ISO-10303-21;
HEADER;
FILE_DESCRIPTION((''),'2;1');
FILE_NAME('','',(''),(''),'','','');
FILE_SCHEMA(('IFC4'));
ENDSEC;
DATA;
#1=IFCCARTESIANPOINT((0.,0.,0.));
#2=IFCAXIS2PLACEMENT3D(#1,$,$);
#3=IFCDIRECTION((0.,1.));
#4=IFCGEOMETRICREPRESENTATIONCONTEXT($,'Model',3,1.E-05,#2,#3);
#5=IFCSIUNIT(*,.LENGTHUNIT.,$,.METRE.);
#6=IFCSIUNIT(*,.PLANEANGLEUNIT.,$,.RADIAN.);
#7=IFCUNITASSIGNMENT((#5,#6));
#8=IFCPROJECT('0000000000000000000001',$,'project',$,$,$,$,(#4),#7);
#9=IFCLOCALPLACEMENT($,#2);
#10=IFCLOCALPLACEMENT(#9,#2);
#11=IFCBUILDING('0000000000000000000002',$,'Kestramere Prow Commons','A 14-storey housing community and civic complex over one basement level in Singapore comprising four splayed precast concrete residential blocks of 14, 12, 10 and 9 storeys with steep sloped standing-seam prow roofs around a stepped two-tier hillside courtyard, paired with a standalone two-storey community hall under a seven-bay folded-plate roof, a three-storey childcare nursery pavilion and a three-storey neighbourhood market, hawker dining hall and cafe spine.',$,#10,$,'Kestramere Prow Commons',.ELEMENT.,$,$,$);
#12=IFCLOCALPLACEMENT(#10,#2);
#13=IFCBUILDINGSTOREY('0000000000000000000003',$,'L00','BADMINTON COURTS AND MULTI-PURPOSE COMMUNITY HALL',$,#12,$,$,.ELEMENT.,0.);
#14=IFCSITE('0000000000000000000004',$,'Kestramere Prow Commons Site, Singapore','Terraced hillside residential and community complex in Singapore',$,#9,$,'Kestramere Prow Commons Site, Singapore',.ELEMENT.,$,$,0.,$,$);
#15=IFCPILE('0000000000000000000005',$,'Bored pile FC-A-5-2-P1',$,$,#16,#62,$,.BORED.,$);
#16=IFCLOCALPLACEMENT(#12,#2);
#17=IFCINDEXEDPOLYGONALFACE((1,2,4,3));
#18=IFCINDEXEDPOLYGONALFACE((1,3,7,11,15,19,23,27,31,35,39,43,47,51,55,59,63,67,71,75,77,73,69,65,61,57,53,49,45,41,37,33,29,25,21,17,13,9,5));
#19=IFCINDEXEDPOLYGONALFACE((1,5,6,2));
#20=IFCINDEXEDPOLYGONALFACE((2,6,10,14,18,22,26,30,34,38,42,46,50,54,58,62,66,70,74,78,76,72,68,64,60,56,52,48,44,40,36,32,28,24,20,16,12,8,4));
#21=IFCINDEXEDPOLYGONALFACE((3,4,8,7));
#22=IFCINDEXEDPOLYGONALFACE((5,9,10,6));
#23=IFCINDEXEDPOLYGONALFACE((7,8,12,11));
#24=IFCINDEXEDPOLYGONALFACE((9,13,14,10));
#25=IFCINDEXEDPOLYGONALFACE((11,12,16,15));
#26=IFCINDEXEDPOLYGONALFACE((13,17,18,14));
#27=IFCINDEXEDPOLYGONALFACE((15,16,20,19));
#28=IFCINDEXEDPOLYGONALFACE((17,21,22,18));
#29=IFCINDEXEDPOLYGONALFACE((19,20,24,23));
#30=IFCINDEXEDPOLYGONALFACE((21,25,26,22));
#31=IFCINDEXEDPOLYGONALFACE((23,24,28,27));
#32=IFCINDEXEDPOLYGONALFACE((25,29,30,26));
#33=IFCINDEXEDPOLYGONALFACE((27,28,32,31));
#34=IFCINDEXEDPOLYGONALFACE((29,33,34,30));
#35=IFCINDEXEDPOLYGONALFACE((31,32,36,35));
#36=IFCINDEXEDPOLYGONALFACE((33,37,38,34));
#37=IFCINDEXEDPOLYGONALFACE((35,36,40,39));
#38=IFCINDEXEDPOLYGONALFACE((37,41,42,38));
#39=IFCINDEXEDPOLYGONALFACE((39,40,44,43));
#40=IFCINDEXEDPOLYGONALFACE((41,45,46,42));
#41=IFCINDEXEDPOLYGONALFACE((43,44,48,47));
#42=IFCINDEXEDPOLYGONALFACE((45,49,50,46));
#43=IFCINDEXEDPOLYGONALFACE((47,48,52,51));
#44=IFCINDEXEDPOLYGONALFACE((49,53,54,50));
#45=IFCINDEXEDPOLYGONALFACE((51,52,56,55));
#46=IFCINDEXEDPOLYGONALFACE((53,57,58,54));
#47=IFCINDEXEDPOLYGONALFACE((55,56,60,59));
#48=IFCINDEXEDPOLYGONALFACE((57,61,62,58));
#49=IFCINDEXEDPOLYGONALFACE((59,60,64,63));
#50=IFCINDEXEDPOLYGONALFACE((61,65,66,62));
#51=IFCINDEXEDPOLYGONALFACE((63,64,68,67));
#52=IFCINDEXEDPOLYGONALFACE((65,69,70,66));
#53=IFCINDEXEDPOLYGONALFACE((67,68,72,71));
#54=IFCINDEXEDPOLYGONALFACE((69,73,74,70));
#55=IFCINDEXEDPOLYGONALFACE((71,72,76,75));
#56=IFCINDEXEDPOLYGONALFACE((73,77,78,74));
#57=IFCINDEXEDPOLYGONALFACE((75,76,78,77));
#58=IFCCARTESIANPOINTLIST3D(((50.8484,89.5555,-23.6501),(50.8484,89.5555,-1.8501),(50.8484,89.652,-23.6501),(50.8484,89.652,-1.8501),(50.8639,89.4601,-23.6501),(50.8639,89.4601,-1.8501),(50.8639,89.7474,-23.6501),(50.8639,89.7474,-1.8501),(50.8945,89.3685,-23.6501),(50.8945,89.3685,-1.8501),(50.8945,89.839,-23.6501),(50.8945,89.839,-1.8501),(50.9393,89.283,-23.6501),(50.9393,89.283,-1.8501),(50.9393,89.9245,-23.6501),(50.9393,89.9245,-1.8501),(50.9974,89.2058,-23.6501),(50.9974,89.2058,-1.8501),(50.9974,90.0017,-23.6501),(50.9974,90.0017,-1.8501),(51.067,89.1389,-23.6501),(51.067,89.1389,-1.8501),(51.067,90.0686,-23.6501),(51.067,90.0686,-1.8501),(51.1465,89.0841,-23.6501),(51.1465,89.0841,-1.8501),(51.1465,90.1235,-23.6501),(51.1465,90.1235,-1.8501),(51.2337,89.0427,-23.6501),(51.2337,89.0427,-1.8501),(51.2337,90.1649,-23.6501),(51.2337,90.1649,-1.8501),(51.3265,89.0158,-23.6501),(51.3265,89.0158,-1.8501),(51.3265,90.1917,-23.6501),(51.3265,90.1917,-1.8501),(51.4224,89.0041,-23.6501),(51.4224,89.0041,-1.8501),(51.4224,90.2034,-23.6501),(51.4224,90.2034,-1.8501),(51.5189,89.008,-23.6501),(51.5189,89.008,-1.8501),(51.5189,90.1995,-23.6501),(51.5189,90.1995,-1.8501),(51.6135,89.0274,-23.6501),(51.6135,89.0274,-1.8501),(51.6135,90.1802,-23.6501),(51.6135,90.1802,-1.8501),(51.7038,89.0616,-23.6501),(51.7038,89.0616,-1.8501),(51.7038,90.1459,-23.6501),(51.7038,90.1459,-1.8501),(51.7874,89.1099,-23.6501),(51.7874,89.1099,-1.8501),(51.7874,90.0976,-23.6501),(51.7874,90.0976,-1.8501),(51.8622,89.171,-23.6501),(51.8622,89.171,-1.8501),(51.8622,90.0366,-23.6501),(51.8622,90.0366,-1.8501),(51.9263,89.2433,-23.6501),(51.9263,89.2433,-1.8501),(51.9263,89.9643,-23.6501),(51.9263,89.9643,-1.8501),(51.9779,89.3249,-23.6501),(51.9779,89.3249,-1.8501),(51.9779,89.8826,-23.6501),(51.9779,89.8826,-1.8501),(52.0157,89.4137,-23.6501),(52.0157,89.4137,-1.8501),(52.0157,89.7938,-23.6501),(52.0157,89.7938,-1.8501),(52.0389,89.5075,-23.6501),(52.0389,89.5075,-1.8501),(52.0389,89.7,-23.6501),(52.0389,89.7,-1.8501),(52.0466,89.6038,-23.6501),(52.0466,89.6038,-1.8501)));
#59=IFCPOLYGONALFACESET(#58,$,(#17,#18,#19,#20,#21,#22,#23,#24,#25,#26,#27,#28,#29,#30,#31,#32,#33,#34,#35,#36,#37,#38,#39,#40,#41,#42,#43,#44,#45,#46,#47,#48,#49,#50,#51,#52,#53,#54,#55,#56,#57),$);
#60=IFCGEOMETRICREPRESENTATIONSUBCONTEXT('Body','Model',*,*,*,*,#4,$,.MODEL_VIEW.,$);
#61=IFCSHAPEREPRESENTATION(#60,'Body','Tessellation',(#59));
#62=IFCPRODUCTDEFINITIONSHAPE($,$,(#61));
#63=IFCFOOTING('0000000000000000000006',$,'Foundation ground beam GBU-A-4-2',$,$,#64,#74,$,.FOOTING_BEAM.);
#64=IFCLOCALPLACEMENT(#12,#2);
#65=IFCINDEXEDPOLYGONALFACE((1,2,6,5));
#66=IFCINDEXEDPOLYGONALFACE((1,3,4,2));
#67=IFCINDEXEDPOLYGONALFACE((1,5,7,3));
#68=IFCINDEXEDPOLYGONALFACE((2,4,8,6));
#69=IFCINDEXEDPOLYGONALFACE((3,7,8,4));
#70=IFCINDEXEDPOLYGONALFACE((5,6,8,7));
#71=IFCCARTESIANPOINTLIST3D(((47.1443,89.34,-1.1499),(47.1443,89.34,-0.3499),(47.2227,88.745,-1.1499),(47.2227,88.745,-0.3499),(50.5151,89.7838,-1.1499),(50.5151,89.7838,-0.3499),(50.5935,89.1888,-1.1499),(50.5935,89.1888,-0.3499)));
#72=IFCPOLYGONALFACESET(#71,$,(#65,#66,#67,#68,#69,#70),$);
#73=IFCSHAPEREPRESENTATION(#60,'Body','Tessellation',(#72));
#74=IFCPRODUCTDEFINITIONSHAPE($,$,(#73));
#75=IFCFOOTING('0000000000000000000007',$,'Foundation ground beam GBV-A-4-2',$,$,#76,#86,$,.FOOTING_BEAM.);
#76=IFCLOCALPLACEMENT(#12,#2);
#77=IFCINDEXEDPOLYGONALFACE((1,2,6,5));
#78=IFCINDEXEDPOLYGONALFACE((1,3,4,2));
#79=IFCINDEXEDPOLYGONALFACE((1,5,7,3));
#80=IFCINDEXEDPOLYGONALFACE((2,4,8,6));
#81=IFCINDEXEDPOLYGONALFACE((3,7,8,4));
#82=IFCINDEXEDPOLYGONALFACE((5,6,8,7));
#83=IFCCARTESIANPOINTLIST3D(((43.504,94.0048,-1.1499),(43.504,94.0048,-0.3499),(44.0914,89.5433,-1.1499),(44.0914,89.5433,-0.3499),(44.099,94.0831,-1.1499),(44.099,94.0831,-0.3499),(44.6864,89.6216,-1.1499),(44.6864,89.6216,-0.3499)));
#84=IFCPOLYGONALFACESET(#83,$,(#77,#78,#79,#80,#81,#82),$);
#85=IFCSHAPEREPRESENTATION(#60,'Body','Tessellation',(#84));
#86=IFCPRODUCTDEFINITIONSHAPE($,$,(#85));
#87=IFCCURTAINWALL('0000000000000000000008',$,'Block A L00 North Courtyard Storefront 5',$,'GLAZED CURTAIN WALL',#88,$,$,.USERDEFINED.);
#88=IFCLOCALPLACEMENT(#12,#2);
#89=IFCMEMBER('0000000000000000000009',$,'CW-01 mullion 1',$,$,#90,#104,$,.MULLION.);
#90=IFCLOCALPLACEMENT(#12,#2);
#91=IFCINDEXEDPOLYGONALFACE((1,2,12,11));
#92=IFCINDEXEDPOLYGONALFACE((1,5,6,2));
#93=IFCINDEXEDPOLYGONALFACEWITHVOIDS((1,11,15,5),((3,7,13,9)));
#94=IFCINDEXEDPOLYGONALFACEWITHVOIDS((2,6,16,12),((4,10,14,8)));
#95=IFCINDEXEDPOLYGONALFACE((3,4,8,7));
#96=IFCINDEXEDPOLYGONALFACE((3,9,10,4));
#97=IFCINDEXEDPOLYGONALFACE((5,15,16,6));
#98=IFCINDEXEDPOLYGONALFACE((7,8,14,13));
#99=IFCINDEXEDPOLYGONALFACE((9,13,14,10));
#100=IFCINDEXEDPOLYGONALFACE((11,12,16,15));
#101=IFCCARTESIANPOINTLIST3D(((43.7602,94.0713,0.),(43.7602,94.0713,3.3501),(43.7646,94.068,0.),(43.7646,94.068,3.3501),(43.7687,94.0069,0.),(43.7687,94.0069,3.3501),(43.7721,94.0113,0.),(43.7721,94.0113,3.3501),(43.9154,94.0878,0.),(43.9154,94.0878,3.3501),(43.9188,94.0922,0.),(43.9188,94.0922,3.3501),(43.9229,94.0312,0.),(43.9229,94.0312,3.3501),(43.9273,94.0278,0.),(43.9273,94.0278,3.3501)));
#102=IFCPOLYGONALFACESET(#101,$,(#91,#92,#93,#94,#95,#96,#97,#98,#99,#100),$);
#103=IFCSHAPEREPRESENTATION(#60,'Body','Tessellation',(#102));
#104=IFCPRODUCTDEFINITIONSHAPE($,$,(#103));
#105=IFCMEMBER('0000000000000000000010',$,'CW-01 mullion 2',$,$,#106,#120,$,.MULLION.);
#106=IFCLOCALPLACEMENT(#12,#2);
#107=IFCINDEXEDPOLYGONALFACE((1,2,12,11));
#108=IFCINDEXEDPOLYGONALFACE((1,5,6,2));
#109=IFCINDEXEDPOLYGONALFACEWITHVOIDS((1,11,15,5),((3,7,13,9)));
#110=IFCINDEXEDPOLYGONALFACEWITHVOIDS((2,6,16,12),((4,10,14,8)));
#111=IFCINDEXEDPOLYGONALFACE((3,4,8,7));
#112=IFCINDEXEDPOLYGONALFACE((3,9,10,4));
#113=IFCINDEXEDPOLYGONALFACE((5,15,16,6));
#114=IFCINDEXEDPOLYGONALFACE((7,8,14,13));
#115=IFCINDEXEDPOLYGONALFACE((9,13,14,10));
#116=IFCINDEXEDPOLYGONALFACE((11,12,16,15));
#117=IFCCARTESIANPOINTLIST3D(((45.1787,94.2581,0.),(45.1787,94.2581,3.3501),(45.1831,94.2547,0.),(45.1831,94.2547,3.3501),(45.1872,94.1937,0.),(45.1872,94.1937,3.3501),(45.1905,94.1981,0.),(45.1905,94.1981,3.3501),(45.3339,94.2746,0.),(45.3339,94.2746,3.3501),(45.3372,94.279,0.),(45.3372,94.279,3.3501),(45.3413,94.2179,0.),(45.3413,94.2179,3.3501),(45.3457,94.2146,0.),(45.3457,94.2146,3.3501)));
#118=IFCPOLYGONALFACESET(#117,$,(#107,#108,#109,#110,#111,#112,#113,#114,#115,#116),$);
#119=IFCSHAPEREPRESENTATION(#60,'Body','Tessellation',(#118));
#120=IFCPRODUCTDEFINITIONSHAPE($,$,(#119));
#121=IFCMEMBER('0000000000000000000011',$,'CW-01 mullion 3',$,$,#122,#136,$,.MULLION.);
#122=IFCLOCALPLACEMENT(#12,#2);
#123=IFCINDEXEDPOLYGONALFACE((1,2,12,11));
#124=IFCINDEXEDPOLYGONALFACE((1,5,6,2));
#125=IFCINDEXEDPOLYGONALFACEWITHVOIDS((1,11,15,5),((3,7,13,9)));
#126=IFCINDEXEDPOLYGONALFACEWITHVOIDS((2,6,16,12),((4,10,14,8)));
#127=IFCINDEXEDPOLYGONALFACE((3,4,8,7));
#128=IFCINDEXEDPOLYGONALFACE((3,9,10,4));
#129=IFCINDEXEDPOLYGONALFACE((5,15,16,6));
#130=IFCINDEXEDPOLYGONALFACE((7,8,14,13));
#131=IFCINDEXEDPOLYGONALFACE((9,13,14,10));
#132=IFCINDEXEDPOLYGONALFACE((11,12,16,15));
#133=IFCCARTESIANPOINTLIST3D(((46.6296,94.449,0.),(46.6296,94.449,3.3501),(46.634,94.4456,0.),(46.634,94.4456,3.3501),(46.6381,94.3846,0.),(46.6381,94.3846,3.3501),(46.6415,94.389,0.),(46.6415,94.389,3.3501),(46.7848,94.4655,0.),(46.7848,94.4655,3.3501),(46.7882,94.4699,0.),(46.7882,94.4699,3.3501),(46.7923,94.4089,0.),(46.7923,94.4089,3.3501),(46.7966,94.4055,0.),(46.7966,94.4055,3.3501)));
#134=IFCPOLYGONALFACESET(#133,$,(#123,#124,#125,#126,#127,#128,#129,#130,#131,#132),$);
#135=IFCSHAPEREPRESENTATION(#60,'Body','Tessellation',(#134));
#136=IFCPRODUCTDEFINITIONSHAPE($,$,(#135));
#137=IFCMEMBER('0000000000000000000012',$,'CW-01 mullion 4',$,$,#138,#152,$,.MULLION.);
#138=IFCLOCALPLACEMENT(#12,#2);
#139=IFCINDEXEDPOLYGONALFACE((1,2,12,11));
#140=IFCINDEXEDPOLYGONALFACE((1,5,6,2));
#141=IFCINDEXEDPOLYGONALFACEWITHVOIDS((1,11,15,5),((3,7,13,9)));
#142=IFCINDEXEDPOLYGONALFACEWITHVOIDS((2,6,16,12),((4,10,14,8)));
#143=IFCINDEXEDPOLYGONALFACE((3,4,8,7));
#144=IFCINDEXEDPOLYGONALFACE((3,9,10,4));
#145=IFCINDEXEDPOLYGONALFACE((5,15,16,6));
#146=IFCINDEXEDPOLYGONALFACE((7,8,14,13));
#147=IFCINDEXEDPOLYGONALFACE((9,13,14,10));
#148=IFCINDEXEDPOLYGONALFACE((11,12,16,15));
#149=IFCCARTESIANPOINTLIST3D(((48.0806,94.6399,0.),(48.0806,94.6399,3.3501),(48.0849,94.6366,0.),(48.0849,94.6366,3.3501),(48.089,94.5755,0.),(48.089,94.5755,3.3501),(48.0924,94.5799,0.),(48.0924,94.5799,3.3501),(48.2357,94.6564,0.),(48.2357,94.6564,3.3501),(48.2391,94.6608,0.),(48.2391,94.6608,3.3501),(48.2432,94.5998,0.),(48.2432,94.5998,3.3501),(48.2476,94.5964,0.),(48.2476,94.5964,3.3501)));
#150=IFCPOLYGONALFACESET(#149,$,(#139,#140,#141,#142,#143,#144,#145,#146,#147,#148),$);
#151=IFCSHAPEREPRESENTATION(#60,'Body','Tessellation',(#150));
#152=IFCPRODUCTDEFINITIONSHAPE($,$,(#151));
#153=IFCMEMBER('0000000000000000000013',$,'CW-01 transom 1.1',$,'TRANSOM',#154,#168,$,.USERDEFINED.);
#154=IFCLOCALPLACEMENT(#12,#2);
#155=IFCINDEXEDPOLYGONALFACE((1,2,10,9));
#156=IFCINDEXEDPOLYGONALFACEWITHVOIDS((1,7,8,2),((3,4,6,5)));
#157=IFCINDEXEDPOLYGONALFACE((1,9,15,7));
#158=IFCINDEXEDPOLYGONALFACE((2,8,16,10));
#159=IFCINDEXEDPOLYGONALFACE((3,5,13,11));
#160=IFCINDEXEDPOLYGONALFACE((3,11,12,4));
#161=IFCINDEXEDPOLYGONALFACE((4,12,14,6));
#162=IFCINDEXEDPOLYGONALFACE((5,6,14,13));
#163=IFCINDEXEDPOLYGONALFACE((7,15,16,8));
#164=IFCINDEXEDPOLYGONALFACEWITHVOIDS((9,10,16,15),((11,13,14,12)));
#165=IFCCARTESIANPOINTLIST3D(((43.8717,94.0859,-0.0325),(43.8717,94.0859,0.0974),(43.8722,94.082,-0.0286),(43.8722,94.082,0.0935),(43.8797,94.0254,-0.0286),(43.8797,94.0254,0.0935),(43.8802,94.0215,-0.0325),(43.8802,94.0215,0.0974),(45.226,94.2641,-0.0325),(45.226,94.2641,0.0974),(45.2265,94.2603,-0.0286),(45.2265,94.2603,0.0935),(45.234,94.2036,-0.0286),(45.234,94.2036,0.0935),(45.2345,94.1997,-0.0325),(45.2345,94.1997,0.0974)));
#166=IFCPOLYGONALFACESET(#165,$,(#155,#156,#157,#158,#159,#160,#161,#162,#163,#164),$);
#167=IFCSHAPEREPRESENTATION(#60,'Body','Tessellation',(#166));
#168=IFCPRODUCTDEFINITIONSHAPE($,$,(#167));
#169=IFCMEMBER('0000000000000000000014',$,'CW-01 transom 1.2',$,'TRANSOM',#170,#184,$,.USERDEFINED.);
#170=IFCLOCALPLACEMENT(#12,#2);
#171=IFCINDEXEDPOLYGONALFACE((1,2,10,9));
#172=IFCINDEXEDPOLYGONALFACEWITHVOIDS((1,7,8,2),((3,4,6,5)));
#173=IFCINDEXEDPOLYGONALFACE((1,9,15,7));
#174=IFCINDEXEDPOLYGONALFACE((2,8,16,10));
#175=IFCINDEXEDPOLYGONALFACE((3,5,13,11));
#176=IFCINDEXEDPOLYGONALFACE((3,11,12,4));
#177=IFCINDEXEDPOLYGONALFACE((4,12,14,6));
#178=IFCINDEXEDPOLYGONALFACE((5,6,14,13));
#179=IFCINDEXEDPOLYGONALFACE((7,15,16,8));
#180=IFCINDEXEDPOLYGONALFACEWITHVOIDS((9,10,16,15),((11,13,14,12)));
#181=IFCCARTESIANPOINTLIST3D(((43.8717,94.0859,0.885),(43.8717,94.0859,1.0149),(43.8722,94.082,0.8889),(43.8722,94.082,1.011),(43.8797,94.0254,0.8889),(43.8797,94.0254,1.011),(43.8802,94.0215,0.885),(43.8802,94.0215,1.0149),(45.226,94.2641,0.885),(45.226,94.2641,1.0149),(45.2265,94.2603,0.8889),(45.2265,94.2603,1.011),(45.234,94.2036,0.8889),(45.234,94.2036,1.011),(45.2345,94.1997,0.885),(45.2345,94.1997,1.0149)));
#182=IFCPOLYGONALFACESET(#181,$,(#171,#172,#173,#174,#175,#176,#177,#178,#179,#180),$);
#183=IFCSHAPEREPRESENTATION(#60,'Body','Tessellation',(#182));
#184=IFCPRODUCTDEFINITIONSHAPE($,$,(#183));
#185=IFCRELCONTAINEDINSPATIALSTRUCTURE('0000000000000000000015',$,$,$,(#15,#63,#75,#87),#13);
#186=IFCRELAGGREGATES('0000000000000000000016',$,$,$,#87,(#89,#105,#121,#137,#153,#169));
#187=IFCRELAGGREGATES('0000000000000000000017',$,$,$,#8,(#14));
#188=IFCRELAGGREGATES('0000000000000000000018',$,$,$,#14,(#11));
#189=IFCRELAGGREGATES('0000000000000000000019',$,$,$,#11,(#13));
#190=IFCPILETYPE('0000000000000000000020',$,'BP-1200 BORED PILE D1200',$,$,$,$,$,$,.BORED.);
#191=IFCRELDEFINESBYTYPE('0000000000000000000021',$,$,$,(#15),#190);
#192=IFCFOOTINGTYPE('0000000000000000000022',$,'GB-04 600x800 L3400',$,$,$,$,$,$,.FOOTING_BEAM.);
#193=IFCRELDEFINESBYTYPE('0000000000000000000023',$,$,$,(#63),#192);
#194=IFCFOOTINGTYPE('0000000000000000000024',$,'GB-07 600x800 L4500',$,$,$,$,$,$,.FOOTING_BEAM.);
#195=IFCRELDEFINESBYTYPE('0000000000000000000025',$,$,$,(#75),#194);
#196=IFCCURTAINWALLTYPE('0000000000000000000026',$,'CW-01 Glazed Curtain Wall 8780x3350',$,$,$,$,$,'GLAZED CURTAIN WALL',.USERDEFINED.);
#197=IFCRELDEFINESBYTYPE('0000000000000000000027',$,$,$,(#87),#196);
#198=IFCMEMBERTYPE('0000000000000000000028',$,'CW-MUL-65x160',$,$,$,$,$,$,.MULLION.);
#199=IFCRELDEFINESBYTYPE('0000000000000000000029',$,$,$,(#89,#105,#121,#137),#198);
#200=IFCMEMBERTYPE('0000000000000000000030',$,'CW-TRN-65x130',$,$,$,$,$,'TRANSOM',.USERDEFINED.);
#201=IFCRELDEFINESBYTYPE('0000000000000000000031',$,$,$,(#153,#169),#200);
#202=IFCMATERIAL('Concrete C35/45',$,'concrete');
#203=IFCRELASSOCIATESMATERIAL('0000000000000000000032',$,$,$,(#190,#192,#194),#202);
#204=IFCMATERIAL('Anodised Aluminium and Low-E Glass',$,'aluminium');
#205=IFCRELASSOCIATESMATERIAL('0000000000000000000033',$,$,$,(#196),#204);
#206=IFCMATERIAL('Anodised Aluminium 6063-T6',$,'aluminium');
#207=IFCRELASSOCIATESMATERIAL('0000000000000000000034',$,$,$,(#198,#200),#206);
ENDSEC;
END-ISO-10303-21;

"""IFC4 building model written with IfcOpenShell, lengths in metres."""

from ifc_helpers import new_model, si_unit, direction, frame, origin, origin_2d, place, context, subcontext, project, spatial, rectangle, hollow_rectangle, circle, extrude, material, material_profile, profile_set, type_object, element, aggregate, save


model = new_model("IFC4")

# Units and contexts
model_context = context("Model", 3, precision=1e-05, world=origin(), true_north=direction((0.0, 1.0)))
body_context = subcontext(model_context, "Body", "Model", "MODEL_VIEW")
ifc_project = project(units=[si_unit("LENGTHUNIT", "METRE"), si_unit("PLANEANGLEUNIT", "RADIAN")], contexts=[model_context])

# Site, building, storey
site_placement = place(None, origin())
site = spatial("IfcSite", under=ifc_project, at=site_placement, Name="Kestramere Prow Commons Site, Singapore", Description="Terraced hillside residential and community complex in Singapore", LongName="Kestramere Prow Commons Site, Singapore", CompositionType="ELEMENT", RefElevation=0.0)
building_placement = place(site_placement, origin())
building = spatial("IfcBuilding", under=site, at=building_placement, Name="Kestramere Prow Commons", Description="A 14-storey housing community and civic complex over one basement level in Singapore comprising four splayed precast concrete residential blocks of 14, 12, 10 and 9 storeys with steep sloped standing-seam prow roofs around a stepped two-tier hillside courtyard, paired with a standalone two-storey community hall under a seven-bay folded-plate roof, a three-storey childcare nursery pavilion and a three-storey neighbourhood market, hawker dining hall and cafe spine.", LongName="Kestramere Prow Commons", CompositionType="ELEMENT")
storey_placement = place(building_placement, origin())
storey = spatial("IfcBuildingStorey", under=building, at=storey_placement, Name="L00", Description="BADMINTON COURTS AND MULTI-PURPOSE COMMUNITY HALL", CompositionType="ELEMENT", Elevation=0.0)

# Pile
ifc_material_1 = material(Name="Concrete C35/45", Category="concrete")
ifc_material_profile_1 = material_profile(ifc_material_1, circle(Radius=0.6001, at=origin_2d()), Name="BORED PILE D1200")
ifc_profile_set_1 = profile_set([ifc_material_profile_1], Name="Concrete C35/45")
pile_type = type_object("IfcPileType", Name="BP-1200 BORED PILE D1200", PredefinedType="BORED", material=ifc_profile_set_1)
pile_placement = place(storey_placement, frame((51.4465, 89.6038, -1.8501), z_axis=(0.0, 0.0, -1.0), x_axis=(1.0, 0.0, 0.0)))
element("IfcPile", 1, at=pile_placement, inside=storey, type_object=pile_type, Name="Bored pile FC-A-5-2-P1", PredefinedType="BORED", context=body_context, shape_type="SweptSolid", body=[
    extrude(circle(Radius=0.6001, at=origin_2d()), origin(), (0.0, 0.0, 1.0), 21.8),
])

# Footings
footing_type_1 = type_object("IfcFootingType", Name="GB-04 600x800 L3400", PredefinedType="FOOTING_BEAM", material=ifc_material_1)
footing_1_placement = place(storey_placement, frame((48.8689, 89.2644, -1.1499), z_axis=(0.0, 0.0, 1.0), x_axis=(0.991445, 0.130526, 0.0)))
element("IfcFooting", 2, at=footing_1_placement, inside=storey, type_object=footing_type_1, Name="Foundation ground beam GBU-A-4-2", PredefinedType="FOOTING_BEAM", context=body_context, shape_type="SweptSolid", body=[
    extrude(rectangle(XDim=3.3999, YDim=0.6001, at=origin_2d()), origin(), (0.0, 0.0, 1.0), 0.8),
])
footing_type_2 = type_object("IfcFootingType", Name="GB-07 600x800 L4500", PredefinedType="FOOTING_BEAM", material=ifc_material_1)
footing_2_placement = place(storey_placement, frame((44.0952, 91.8132, -1.1499), z_axis=(0.0, 0.0, 1.0), x_axis=(-0.130526, 0.991445, 0.0)))
element("IfcFooting", 3, at=footing_2_placement, inside=storey, type_object=footing_type_2, Name="Foundation ground beam GBV-A-4-2", PredefinedType="FOOTING_BEAM", context=body_context, shape_type="SweptSolid", body=[
    extrude(rectangle(XDim=4.5, YDim=0.6001, at=origin_2d()), origin(), (0.0, 0.0, 1.0), 0.8),
])

# Curtain wall, members
ifc_material_2 = material(Name="Anodised Aluminium and Low-E Glass", Category="aluminium")
curtain_wall_type = type_object("IfcCurtainWallType", Name="CW-01 Glazed Curtain Wall 8780x3350", ElementType="GLAZED CURTAIN WALL", PredefinedType="USERDEFINED", material=ifc_material_2)
curtain_wall_placement = place(storey_placement, origin())
curtain_wall = element("IfcCurtainWall", 4, at=curtain_wall_placement, inside=storey, type_object=curtain_wall_type, Name="Block A L00 North Courtyard Storefront 5", ObjectType="GLAZED CURTAIN WALL", PredefinedType="USERDEFINED")
ifc_material_3 = material(Name="Anodised Aluminium 6063-T6", Category="aluminium")
ifc_material_profile_2 = material_profile(ifc_material_3, hollow_rectangle(XDim=0.0649, YDim=0.1599, WallThickness=0.0039, at=origin_2d()), Name="ALU-MUL 65x160")
ifc_profile_set_2 = profile_set([ifc_material_profile_2], Name="Anodised Aluminium 6063-T6")
member_type_1 = type_object("IfcMemberType", Name="CW-MUL-65x160", PredefinedType="MULLION", material=ifc_profile_set_2)
member_1_placement = place(storey_placement, frame((43.8438, 94.0496, 0.0), z_axis=(0.0, 0.0, 1.0), x_axis=(-0.130526, 0.991445, 0.0)))
member_1 = element("IfcMember", 5, at=member_1_placement, type_object=member_type_1, Name="CW-01 mullion 1", PredefinedType="MULLION", context=body_context, shape_type="SweptSolid", body=[
    extrude(hollow_rectangle(XDim=0.0649, YDim=0.1599, WallThickness=0.0039, at=origin_2d()), origin(), (0.0, 0.0, 1.0), 3.3501),
])
member_2_placement = place(storey_placement, frame((45.2622, 94.2363, 0.0), z_axis=(0.0, 0.0, 1.0), x_axis=(-0.130526, 0.991445, 0.0)))
member_2 = element("IfcMember", 6, at=member_2_placement, type_object=member_type_1, Name="CW-01 mullion 2", PredefinedType="MULLION", context=body_context, shape_type="SweptSolid", body=[
    extrude(hollow_rectangle(XDim=0.0649, YDim=0.1599, WallThickness=0.0039, at=origin_2d()), origin(), (0.0, 0.0, 1.0), 3.3501),
])
member_3_placement = place(storey_placement, frame((46.7131, 94.4272, 0.0), z_axis=(0.0, 0.0, 1.0), x_axis=(-0.130526, 0.991445, 0.0)))
member_3 = element("IfcMember", 7, at=member_3_placement, type_object=member_type_1, Name="CW-01 mullion 3", PredefinedType="MULLION", context=body_context, shape_type="SweptSolid", body=[
    extrude(hollow_rectangle(XDim=0.0649, YDim=0.1599, WallThickness=0.0039, at=origin_2d()), origin(), (0.0, 0.0, 1.0), 3.3501),
])
member_4_placement = place(storey_placement, frame((48.1641, 94.6182, 0.0), z_axis=(0.0, 0.0, 1.0), x_axis=(-0.130526, 0.991445, 0.0)))
member_4 = element("IfcMember", 8, at=member_4_placement, type_object=member_type_1, Name="CW-01 mullion 4", PredefinedType="MULLION", context=body_context, shape_type="SweptSolid", body=[
    extrude(hollow_rectangle(XDim=0.0649, YDim=0.1599, WallThickness=0.0039, at=origin_2d()), origin(), (0.0, 0.0, 1.0), 3.3501),
])
ifc_material_profile_3 = material_profile(ifc_material_3, hollow_rectangle(XDim=0.0649, YDim=0.1299, WallThickness=0.0039, at=origin_2d()), Name="ALU-TRN 65x130")
ifc_profile_set_3 = profile_set([ifc_material_profile_3], Name="Anodised Aluminium 6063-T6")
member_type_2 = type_object("IfcMemberType", Name="CW-TRN-65x130", ElementType="TRANSOM", PredefinedType="USERDEFINED", material=ifc_profile_set_3)
member_5_placement = place(storey_placement, frame((43.876, 94.0537, 0.0325), z_axis=(0.991451, 0.130478, 0.0), x_axis=(-0.130478, 0.991451, 0.0)))
member_5 = element("IfcMember", 9, at=member_5_placement, type_object=member_type_2, Name="CW-01 transom 1.1", ObjectType="TRANSOM", PredefinedType="USERDEFINED", context=body_context, shape_type="SweptSolid", body=[
    extrude(hollow_rectangle(XDim=0.0649, YDim=0.1299, WallThickness=0.0039, at=origin_2d()), origin(), (0.0, 0.0, 1.0), 1.366),
])
member_6_placement = place(storey_placement, frame((43.876, 94.0537, 0.95), z_axis=(0.991451, 0.130478, 0.0), x_axis=(-0.130478, 0.991451, 0.0)))
member_6 = element("IfcMember", 10, at=member_6_placement, type_object=member_type_2, Name="CW-01 transom 1.2", ObjectType="TRANSOM", PredefinedType="USERDEFINED", context=body_context, shape_type="SweptSolid", body=[
    extrude(hollow_rectangle(XDim=0.0649, YDim=0.1299, WallThickness=0.0039, at=origin_2d()), origin(), (0.0, 0.0, 1.0), 1.366),
])
aggregate(curtain_wall, [member_1, member_2, member_3, member_4, member_5, member_6])

save(model, "model.ifc")
